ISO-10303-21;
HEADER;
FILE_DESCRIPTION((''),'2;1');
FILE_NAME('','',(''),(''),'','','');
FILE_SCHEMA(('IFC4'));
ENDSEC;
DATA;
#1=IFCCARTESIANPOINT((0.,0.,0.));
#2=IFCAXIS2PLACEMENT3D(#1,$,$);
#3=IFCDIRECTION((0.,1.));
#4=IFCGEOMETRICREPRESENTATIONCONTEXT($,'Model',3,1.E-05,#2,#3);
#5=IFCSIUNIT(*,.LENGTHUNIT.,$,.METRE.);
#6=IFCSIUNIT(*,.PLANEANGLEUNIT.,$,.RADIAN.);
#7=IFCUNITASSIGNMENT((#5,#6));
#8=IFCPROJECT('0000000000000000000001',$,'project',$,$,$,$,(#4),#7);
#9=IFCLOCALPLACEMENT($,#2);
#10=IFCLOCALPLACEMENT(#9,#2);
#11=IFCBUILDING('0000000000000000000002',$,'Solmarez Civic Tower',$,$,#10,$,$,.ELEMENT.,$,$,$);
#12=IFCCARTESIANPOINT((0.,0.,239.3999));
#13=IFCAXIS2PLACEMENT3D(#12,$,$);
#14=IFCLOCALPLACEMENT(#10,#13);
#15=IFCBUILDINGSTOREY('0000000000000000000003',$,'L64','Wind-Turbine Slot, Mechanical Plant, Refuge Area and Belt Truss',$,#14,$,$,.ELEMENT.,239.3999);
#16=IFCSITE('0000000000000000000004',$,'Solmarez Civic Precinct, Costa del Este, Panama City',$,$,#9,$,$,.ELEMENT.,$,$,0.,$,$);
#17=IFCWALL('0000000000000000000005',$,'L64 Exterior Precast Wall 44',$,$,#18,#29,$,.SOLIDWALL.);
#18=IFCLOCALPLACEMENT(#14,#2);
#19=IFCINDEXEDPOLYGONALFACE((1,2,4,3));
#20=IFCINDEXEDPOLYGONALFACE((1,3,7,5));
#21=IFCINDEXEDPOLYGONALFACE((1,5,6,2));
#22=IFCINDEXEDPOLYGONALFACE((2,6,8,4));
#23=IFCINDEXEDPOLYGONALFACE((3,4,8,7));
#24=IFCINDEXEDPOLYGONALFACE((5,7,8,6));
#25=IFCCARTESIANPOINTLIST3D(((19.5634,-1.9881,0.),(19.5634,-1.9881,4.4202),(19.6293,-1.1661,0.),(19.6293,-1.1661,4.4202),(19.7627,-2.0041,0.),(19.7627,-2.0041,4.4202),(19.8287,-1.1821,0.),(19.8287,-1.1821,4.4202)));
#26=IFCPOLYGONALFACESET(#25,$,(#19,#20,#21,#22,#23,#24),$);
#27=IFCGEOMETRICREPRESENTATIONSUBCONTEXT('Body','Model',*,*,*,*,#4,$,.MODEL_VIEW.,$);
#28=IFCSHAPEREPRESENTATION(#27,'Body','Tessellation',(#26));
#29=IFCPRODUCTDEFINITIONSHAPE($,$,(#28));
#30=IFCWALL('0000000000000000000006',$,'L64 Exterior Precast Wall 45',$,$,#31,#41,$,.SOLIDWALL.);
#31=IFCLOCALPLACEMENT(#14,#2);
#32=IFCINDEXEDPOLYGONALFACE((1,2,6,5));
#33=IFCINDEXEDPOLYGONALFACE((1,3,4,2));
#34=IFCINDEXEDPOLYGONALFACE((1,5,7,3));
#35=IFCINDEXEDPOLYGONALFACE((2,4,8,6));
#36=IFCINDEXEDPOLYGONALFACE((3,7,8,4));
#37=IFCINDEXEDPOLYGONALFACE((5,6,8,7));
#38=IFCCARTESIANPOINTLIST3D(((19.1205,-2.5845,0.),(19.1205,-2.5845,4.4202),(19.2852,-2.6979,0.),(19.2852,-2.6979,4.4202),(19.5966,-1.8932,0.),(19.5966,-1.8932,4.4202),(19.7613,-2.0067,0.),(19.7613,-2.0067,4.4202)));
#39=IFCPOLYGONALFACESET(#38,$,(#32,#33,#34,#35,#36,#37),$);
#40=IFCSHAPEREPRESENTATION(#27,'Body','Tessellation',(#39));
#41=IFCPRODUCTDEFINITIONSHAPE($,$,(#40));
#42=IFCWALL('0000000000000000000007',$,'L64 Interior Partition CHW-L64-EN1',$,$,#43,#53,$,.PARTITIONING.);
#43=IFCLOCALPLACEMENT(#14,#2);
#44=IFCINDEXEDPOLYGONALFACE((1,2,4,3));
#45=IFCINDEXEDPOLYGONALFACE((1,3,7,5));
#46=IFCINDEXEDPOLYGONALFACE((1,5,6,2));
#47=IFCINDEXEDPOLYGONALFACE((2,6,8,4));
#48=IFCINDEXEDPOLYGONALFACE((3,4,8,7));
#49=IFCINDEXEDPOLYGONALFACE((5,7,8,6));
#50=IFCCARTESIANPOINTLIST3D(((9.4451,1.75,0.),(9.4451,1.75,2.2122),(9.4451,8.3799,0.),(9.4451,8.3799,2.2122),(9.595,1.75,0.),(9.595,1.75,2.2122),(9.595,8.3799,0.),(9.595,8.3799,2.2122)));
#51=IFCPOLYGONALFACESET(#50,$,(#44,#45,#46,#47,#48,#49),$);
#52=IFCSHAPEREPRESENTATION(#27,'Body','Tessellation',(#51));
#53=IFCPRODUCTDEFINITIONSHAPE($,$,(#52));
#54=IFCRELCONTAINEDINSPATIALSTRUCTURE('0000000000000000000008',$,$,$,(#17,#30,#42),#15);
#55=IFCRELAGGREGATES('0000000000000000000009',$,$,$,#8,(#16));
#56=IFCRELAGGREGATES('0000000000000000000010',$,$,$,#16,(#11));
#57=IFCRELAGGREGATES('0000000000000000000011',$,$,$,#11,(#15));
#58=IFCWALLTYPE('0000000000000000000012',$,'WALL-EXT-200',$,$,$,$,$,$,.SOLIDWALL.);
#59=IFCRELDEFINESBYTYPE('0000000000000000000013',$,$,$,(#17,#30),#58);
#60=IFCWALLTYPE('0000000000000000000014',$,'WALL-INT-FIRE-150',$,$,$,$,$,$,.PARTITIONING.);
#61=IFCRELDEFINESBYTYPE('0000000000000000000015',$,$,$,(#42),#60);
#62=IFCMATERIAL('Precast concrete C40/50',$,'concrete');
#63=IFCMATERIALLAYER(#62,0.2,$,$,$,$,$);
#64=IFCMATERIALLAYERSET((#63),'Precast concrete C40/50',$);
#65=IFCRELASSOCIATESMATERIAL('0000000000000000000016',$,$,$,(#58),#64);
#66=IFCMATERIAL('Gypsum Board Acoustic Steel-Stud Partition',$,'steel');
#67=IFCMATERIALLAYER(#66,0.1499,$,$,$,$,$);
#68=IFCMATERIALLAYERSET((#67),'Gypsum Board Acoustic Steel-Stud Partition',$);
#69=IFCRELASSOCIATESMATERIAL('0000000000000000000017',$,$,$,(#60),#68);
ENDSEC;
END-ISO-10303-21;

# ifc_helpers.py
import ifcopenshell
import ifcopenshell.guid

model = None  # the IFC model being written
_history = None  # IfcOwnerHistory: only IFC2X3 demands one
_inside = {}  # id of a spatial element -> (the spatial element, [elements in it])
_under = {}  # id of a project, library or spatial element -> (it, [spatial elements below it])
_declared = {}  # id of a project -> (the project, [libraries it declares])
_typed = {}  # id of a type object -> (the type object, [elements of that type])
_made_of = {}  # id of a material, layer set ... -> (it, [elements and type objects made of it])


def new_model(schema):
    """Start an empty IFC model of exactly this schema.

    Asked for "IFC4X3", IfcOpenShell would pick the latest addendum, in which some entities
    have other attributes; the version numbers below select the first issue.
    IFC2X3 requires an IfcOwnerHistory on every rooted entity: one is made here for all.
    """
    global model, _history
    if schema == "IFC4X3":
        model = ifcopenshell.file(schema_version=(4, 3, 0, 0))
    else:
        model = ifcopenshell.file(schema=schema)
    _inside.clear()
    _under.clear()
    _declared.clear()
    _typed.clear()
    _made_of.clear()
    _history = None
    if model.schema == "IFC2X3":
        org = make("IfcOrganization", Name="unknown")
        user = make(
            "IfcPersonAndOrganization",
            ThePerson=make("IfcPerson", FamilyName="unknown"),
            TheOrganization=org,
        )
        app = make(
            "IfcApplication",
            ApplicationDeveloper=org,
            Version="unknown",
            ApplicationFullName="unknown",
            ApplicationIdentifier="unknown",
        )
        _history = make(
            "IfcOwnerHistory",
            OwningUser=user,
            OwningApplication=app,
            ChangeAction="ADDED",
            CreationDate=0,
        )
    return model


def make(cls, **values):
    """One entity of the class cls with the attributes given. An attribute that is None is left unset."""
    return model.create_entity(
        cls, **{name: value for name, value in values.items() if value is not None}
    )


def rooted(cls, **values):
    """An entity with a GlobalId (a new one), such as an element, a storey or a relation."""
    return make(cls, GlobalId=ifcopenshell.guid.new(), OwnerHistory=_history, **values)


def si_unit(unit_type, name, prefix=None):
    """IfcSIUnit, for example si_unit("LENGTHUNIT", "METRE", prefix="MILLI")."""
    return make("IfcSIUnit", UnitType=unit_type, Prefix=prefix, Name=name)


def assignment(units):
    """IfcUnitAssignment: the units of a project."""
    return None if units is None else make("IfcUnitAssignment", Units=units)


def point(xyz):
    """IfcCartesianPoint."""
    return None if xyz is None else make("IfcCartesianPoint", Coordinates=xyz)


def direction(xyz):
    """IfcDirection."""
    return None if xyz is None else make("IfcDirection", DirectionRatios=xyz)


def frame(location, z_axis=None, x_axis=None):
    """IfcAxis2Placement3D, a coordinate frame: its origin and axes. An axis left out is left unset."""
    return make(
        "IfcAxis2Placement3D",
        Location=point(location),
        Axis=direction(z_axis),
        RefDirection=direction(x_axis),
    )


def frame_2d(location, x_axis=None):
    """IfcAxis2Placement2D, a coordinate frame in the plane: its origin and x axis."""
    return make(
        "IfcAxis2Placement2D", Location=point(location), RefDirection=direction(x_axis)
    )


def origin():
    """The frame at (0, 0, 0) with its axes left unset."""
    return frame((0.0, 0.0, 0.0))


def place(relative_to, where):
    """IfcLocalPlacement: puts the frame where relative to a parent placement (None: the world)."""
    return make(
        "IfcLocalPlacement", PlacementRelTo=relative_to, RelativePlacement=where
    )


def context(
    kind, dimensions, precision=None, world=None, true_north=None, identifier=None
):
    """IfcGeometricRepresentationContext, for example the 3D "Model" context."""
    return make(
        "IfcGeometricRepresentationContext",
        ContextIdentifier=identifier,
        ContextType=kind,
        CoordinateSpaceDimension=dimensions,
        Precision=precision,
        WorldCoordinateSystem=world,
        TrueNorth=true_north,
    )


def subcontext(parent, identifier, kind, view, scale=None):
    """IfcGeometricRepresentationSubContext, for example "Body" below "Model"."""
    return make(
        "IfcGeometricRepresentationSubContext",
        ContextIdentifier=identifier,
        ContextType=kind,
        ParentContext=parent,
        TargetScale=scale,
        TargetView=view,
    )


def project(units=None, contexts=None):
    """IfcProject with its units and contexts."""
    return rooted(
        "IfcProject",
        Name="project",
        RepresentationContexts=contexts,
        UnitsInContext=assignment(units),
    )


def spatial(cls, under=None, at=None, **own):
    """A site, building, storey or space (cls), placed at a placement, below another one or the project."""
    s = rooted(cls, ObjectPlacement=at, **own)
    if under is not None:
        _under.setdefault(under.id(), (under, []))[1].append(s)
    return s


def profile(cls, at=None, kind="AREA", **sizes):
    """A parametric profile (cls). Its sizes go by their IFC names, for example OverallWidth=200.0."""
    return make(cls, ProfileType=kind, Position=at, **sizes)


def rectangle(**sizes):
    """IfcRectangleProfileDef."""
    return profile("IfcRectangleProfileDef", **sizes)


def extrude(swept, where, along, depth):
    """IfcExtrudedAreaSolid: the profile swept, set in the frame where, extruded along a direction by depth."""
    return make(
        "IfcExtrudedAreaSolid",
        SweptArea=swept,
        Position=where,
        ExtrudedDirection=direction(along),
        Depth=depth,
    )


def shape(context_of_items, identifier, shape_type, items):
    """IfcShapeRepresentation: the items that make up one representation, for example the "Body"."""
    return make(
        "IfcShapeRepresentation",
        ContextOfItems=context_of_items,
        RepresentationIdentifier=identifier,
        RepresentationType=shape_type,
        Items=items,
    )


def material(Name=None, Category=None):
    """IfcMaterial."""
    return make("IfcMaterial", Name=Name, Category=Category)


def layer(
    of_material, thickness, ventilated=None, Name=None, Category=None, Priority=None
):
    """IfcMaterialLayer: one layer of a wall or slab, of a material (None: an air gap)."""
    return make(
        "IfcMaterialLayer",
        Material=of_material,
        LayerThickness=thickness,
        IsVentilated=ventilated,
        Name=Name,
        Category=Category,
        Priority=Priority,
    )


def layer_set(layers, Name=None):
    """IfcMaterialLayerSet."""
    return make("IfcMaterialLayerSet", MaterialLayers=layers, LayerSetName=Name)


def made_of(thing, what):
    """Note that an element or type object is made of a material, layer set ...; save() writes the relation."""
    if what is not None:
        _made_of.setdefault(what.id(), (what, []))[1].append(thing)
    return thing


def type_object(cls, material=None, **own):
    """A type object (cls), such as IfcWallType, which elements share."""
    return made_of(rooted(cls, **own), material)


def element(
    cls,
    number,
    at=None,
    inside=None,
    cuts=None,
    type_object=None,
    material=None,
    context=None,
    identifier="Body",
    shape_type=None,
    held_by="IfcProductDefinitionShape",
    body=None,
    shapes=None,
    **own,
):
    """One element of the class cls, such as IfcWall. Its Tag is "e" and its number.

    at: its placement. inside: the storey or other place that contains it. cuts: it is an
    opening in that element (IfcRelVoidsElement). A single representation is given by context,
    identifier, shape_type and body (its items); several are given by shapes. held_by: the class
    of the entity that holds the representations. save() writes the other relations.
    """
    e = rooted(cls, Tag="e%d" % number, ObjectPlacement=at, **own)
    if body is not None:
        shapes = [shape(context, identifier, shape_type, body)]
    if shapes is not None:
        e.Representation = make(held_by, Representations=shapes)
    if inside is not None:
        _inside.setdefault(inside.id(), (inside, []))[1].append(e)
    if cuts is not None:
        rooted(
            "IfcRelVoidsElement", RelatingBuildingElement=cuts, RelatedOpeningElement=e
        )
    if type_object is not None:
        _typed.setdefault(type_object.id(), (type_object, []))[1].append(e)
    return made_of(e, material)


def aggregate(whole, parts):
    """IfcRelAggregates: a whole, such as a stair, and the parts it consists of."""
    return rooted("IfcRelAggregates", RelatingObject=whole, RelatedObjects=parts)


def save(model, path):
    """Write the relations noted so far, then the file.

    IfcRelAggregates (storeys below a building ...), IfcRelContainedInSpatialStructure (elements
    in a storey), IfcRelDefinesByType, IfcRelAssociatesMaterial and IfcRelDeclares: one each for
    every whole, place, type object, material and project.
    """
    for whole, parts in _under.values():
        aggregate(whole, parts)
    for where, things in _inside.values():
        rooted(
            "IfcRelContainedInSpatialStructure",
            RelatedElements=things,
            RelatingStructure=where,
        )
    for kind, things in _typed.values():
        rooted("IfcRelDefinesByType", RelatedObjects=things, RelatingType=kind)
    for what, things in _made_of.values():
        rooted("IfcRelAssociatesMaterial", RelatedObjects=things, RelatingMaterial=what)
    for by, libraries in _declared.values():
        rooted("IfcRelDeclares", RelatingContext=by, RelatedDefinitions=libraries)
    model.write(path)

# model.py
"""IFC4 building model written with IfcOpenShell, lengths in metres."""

from ifc_helpers import new_model, si_unit, direction, frame, frame_2d, origin, place, context, subcontext, project, spatial, rectangle, extrude, material, layer, layer_set, type_object, element, save


model = new_model("IFC4")

# Units and contexts
model_context = context("Model", 3, precision=1e-05, world=origin(), true_north=direction((0.0, 1.0)))
body_context = subcontext(model_context, "Body", "Model", "MODEL_VIEW")
ifc_project = project(units=[si_unit("LENGTHUNIT", "METRE"), si_unit("PLANEANGLEUNIT", "RADIAN")], contexts=[model_context])

# Site, building, storey
site_placement = place(None, origin())
site = spatial("IfcSite", under=ifc_project, at=site_placement, Name="Solmarez Civic Precinct, Costa del Este, Panama City", CompositionType="ELEMENT", RefElevation=0.0)
building_placement = place(site_placement, origin())
building = spatial("IfcBuilding", under=site, at=building_placement, Name="Solmarez Civic Tower", CompositionType="ELEMENT")
storey_placement = place(building_placement, frame((0.0, 0.0, 239.3999)))
storey = spatial("IfcBuildingStorey", under=building, at=storey_placement, Name="L64", Description="Wind-Turbine Slot, Mechanical Plant, Refuge Area and Belt Truss", CompositionType="ELEMENT", Elevation=239.3999)

# Walls
ifc_material_1 = material(Name="Precast concrete C40/50", Category="concrete")
ifc_layer_1 = layer(ifc_material_1, 0.2)
ifc_layer_set_1 = layer_set([ifc_layer_1], Name="Precast concrete C40/50")
wall_type_1 = type_object("IfcWallType", Name="WALL-EXT-200", PredefinedType="SOLIDWALL", material=ifc_layer_set_1)
wall_1_placement = place(storey_placement, frame((19.729, -1.1741, 0.0), z_axis=(0.0, 0.0, 1.0), x_axis=(-0.079933, -0.9968, 0.0)))
element("IfcWall", 1, at=wall_1_placement, inside=storey, type_object=wall_type_1, Name="L64 Exterior Precast Wall 44", PredefinedType="SOLIDWALL", context=body_context, shape_type="SweptSolid", body=[
    extrude(rectangle(XDim=0.8247, YDim=0.2, at=frame_2d((0.4124, 0.0))), origin(), (0.0, 0.0, 1.0), 4.4202),
])
wall_2_placement = place(storey_placement, frame((19.679, -1.95, 0.0), z_axis=(0.0, 0.0, 1.0), x_axis=(-0.567257, -0.823541, 0.0)))
element("IfcWall", 2, at=wall_2_placement, inside=storey, type_object=wall_type_1, Name="L64 Exterior Precast Wall 45", PredefinedType="SOLIDWALL", context=body_context, shape_type="SweptSolid", body=[
    extrude(rectangle(XDim=0.8394, YDim=0.2, at=frame_2d((0.4197, 0.0))), origin(), (0.0, 0.0, 1.0), 4.4202),
])
ifc_material_2 = material(Name="Gypsum Board Acoustic Steel-Stud Partition", Category="steel")
ifc_layer_2 = layer(ifc_material_2, 0.1499)
ifc_layer_set_2 = layer_set([ifc_layer_2], Name="Gypsum Board Acoustic Steel-Stud Partition")
wall_type_2 = type_object("IfcWallType", Name="WALL-INT-FIRE-150", PredefinedType="PARTITIONING", material=ifc_layer_set_2)
wall_3_placement = place(storey_placement, frame((9.52, 1.75, 0.0), z_axis=(0.0, 0.0, 1.0), x_axis=(0.0, 1.0, 0.0)))
element("IfcWall", 3, at=wall_3_placement, inside=storey, type_object=wall_type_2, Name="L64 Interior Partition CHW-L64-EN1", PredefinedType="PARTITIONING", context=body_context, shape_type="SweptSolid", body=[
    extrude(rectangle(XDim=6.6299, YDim=0.1499, at=frame_2d((3.3149, 0.0))), origin(), (0.0, 0.0, 1.0), 2.2122),
])

save(model, "model.ifc")
